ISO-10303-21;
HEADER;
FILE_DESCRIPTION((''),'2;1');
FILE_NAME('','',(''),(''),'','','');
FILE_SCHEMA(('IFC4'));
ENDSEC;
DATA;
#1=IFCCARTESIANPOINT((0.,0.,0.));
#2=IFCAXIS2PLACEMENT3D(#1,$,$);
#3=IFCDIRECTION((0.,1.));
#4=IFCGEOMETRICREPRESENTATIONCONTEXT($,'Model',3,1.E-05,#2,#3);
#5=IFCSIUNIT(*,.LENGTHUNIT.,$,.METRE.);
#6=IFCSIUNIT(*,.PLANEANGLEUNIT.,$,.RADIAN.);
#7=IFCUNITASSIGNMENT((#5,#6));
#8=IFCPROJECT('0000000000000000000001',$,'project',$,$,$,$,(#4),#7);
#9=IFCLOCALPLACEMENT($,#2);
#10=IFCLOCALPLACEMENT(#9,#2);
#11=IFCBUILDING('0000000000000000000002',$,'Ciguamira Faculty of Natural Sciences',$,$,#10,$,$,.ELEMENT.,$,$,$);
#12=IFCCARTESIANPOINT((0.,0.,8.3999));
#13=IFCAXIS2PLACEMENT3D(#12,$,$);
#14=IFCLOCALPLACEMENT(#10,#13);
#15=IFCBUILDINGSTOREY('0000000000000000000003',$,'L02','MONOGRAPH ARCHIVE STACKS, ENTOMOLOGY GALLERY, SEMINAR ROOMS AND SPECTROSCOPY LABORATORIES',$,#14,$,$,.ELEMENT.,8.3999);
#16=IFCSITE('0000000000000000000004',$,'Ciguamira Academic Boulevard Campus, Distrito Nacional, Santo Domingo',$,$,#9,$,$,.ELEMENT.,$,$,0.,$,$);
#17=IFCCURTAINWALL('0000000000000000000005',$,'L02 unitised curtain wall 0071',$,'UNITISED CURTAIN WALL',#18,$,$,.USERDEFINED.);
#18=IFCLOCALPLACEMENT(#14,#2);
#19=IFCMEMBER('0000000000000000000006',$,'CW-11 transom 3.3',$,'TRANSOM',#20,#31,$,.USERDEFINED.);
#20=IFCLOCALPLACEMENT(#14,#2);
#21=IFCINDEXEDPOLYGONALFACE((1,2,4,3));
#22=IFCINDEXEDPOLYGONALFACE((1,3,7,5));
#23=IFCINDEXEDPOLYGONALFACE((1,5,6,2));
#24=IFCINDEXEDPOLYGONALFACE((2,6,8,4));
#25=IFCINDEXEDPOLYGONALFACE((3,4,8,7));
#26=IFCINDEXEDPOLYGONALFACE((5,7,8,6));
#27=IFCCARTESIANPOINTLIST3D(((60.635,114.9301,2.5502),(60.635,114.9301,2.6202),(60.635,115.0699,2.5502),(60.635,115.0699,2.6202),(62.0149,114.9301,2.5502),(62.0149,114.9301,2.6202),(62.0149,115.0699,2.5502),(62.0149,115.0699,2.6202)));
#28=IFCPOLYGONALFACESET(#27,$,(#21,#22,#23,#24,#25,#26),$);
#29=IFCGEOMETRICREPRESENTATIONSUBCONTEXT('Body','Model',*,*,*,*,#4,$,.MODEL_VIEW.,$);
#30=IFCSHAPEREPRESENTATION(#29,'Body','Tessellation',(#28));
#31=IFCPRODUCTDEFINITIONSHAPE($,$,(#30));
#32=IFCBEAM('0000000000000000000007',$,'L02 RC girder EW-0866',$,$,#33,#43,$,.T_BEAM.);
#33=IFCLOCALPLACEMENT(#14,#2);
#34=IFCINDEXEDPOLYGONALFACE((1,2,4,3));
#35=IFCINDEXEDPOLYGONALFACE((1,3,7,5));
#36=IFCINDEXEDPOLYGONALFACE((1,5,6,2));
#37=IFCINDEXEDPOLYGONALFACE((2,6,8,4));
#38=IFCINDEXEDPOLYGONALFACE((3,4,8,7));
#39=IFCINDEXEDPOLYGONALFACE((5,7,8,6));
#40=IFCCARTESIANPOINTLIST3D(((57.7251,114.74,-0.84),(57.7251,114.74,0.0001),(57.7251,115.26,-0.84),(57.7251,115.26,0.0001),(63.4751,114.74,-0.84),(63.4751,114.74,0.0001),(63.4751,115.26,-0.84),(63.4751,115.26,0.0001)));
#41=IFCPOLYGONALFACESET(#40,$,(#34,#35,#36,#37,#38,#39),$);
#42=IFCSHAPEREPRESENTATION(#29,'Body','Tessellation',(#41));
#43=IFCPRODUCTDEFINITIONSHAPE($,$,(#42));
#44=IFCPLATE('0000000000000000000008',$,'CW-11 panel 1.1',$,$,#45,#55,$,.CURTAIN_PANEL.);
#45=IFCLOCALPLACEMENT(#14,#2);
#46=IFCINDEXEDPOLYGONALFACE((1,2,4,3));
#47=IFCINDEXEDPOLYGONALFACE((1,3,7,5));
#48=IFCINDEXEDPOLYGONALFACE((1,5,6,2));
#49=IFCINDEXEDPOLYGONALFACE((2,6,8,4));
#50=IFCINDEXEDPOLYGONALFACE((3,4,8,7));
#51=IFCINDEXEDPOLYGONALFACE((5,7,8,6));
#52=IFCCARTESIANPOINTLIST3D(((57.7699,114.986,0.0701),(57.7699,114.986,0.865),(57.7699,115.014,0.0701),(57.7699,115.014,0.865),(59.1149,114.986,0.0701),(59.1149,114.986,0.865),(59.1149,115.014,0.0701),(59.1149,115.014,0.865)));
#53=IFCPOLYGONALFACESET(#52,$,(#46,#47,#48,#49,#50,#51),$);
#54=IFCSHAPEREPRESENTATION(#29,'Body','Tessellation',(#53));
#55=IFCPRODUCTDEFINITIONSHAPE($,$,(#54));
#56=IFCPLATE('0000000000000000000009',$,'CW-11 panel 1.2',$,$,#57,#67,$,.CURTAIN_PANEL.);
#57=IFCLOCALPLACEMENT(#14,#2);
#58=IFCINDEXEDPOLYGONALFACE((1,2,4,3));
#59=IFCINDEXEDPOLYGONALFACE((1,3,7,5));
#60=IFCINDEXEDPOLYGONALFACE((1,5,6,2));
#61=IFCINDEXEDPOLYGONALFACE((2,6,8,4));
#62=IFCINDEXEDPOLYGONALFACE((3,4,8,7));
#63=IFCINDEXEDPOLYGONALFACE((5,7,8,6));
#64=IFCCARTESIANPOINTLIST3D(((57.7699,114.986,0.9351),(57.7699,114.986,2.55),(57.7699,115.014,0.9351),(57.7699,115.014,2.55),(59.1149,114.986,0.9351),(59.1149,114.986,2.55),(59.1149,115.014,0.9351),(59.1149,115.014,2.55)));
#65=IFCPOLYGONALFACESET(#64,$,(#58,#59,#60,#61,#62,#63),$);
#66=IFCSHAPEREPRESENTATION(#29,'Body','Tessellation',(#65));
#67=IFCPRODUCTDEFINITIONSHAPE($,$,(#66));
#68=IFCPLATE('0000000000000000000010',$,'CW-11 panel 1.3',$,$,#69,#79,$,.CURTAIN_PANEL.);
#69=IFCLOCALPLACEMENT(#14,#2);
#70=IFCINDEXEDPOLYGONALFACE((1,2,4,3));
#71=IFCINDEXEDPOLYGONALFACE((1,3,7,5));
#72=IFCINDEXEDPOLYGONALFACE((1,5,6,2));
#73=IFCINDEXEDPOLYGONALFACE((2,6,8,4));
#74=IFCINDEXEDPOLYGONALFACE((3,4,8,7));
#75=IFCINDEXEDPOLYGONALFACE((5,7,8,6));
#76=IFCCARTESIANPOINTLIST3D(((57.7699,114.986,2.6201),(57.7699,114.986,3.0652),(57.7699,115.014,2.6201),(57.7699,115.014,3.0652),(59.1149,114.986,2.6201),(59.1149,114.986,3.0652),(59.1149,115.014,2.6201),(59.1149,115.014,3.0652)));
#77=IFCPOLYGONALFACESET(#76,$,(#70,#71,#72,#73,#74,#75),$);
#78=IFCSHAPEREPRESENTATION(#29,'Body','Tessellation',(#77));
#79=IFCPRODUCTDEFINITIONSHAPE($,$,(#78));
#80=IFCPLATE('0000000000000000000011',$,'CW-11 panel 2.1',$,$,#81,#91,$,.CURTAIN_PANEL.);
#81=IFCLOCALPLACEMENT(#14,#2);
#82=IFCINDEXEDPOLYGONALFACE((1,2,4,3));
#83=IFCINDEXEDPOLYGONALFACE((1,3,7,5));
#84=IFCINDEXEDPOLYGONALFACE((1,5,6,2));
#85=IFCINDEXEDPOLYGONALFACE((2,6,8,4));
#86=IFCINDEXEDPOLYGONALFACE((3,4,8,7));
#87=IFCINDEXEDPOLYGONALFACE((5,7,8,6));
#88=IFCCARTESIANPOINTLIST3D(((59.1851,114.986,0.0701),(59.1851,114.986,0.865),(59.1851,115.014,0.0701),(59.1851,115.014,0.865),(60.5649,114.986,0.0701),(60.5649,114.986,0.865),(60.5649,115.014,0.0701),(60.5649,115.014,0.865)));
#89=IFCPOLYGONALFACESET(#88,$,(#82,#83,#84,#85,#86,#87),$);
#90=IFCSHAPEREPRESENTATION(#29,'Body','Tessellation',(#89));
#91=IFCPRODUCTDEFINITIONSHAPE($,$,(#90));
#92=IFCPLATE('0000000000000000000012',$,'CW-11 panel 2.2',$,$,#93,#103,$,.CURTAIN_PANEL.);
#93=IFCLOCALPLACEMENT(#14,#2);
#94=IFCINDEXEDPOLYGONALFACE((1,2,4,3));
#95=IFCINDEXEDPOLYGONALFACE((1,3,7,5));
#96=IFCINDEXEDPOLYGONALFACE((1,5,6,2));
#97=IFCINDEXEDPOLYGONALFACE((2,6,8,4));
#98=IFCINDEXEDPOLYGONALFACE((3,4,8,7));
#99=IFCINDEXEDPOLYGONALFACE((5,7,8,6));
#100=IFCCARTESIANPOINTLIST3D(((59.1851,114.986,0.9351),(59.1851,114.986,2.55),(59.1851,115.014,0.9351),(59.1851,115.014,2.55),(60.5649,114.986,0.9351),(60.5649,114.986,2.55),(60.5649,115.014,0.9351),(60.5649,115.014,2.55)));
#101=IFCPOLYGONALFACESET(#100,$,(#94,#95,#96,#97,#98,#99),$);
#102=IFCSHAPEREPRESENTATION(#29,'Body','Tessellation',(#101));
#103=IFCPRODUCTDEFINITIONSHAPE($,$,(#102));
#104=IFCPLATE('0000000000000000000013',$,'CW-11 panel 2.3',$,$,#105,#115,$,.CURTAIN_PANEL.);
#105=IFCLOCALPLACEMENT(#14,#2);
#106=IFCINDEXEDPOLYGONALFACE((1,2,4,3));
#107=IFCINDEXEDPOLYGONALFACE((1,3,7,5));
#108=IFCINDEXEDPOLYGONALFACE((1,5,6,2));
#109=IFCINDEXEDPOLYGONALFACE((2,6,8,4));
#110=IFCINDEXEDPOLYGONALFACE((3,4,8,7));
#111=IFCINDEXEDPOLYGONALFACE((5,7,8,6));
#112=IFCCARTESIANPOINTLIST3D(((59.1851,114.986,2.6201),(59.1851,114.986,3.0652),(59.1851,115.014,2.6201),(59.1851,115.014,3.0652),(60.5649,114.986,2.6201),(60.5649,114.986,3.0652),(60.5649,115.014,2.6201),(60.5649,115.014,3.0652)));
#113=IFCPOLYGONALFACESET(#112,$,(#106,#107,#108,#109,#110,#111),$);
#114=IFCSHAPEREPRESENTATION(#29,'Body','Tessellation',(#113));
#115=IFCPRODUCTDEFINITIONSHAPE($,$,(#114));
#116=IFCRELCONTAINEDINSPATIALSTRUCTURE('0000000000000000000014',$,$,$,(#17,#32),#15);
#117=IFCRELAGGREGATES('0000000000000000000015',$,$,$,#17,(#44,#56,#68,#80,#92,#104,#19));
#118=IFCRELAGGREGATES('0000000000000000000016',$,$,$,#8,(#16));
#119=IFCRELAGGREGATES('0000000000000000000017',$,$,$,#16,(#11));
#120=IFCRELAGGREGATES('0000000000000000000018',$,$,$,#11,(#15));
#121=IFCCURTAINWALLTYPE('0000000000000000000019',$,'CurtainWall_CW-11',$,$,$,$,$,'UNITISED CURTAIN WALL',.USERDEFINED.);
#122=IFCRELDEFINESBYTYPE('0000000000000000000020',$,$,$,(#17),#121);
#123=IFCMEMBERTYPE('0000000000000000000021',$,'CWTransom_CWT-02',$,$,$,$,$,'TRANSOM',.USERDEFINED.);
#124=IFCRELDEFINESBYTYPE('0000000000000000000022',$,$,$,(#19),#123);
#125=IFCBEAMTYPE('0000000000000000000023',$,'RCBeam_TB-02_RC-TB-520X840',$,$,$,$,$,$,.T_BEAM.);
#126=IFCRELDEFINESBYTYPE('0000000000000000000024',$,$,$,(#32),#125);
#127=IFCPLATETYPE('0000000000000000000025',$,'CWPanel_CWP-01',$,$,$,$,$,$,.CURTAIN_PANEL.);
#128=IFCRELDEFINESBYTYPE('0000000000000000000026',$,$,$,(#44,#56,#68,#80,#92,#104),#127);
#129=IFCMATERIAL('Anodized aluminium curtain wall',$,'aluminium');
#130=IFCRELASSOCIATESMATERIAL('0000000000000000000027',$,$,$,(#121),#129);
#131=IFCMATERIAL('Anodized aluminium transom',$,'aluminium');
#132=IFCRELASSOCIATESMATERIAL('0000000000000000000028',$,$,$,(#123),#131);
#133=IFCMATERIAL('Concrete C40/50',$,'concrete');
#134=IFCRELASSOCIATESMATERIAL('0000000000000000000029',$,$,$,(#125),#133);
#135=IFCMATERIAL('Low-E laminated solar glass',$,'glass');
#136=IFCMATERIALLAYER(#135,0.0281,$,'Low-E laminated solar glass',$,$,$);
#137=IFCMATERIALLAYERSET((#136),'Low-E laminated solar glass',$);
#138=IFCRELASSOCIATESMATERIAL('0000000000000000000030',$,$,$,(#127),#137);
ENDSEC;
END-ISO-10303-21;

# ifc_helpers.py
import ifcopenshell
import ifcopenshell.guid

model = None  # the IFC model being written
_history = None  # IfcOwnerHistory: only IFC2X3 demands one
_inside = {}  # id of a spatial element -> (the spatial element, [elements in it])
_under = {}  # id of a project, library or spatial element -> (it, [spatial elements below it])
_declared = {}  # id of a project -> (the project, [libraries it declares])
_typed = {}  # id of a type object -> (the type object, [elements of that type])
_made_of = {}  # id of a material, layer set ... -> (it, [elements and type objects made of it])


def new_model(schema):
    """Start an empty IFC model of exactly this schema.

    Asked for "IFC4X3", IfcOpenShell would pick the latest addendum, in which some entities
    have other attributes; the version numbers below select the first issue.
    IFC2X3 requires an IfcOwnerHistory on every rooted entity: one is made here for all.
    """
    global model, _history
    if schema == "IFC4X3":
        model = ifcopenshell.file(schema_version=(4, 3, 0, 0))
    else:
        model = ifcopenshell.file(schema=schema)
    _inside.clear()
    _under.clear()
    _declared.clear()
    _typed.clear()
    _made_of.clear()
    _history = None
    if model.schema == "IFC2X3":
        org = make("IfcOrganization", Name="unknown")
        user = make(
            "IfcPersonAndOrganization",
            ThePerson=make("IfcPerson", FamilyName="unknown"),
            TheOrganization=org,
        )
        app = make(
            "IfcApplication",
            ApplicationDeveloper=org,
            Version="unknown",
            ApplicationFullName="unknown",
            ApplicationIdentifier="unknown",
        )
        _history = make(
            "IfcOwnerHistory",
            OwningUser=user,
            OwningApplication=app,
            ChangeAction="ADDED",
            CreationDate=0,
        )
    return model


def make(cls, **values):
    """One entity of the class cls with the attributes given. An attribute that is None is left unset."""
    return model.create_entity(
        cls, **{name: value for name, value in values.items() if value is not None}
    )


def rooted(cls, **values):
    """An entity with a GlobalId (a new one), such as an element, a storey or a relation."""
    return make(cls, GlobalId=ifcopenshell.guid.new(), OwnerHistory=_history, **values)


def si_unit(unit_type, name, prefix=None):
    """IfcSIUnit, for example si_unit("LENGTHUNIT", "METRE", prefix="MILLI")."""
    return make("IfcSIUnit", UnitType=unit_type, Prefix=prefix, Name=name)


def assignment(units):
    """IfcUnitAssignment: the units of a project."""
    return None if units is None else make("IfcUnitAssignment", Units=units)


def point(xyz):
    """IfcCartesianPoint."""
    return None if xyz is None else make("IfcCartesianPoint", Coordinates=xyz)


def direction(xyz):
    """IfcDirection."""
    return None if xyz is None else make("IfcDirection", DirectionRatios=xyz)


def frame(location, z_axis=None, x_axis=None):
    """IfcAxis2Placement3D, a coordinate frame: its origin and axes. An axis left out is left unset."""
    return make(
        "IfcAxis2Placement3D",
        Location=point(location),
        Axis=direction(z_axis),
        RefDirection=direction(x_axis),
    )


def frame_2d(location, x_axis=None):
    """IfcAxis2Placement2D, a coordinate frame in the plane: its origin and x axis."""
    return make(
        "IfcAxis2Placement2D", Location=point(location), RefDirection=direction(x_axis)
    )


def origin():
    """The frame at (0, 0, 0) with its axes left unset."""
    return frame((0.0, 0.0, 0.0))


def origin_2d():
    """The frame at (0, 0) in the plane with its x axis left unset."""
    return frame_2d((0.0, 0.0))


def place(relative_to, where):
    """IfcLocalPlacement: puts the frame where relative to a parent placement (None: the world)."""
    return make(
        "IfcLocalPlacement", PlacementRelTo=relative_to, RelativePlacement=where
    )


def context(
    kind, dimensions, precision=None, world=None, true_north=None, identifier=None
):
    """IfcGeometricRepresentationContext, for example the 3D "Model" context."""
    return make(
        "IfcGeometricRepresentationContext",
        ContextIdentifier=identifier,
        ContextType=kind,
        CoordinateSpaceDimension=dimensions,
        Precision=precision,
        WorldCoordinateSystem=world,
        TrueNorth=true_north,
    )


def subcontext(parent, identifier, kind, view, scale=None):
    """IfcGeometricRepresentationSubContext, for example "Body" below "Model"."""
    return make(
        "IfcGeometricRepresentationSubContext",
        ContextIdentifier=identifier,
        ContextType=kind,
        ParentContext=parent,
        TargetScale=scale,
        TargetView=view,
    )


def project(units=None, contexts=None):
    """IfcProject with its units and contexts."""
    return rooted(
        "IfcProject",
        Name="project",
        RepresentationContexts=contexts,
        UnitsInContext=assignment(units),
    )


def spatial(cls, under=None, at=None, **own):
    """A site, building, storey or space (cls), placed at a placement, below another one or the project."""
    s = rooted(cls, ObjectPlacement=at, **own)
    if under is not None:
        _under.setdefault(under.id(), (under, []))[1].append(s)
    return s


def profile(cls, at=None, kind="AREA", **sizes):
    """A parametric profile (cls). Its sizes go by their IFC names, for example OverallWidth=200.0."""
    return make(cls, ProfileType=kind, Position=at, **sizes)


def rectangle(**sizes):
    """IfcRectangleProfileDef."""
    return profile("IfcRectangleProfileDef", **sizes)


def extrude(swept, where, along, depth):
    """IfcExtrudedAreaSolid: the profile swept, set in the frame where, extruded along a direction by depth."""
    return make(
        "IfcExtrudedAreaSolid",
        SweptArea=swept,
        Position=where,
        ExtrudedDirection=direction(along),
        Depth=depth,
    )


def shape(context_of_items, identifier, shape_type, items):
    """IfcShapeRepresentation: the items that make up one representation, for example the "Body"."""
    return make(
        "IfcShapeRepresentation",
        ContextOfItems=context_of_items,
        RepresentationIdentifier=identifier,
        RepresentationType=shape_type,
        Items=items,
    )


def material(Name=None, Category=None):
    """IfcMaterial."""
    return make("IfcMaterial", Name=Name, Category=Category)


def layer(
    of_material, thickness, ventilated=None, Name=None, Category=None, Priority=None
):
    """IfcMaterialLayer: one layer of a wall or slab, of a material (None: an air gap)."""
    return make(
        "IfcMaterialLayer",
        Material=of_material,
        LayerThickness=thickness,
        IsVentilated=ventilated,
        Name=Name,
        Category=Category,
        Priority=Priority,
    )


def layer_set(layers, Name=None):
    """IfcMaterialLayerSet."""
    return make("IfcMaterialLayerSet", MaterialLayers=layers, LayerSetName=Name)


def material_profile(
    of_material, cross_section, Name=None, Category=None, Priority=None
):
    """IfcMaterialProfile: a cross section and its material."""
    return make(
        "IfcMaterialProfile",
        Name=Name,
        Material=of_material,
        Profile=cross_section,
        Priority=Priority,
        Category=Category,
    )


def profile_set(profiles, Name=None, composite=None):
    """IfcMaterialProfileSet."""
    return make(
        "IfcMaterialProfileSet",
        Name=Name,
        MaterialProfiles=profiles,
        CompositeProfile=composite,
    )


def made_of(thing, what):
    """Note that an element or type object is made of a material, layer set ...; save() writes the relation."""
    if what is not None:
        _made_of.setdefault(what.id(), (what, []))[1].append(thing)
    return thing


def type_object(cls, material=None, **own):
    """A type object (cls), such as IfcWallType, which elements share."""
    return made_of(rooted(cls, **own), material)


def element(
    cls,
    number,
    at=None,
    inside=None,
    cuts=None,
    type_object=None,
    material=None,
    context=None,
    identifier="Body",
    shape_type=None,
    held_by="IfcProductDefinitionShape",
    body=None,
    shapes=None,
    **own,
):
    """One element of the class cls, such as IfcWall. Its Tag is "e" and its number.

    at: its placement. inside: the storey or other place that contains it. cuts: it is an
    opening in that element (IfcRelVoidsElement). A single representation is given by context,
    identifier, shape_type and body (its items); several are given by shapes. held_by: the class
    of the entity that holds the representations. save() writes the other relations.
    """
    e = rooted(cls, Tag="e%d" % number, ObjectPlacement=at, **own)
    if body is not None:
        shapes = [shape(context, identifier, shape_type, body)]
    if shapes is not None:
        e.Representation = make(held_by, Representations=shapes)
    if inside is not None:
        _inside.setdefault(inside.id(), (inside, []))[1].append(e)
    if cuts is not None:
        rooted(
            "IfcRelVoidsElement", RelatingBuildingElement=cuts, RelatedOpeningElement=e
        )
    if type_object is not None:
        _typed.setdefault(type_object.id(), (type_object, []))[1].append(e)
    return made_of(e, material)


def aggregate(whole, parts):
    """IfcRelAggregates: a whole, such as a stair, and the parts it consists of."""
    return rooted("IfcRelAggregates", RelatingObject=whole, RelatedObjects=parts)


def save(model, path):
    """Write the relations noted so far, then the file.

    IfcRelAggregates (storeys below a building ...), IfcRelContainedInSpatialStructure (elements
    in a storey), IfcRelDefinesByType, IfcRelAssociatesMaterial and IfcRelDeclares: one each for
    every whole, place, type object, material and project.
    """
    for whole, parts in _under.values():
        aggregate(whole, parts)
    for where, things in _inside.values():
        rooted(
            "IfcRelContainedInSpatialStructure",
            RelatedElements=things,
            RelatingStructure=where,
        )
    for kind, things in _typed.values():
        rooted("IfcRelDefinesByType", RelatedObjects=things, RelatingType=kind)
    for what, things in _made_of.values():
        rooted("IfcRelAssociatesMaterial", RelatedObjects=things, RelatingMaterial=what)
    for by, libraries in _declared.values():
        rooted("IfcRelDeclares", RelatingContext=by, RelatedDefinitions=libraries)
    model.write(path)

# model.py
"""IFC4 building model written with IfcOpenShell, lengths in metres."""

from ifc_helpers import new_model, si_unit, direction, frame, origin, origin_2d, place, context, subcontext, project, spatial, rectangle, extrude, material, layer, layer_set, material_profile, profile_set, type_object, element, aggregate, save


model = new_model("IFC4")

# Units and contexts
model_context = context("Model", 3, precision=1e-05, world=origin(), true_north=direction((0.0, 1.0)))
body_context = subcontext(model_context, "Body", "Model", "MODEL_VIEW")
ifc_project = project(units=[si_unit("LENGTHUNIT", "METRE"), si_unit("PLANEANGLEUNIT", "RADIAN")], contexts=[model_context])

# Site, building, storey
site_placement = place(None, origin())
site = spatial("IfcSite", under=ifc_project, at=site_placement, Name="Ciguamira Academic Boulevard Campus, Distrito Nacional, Santo Domingo", CompositionType="ELEMENT", RefElevation=0.0)
building_placement = place(site_placement, origin())
building = spatial("IfcBuilding", under=site, at=building_placement, Name="Ciguamira Faculty of Natural Sciences", CompositionType="ELEMENT")
storey_placement = place(building_placement, frame((0.0, 0.0, 8.3999)))
storey = spatial("IfcBuildingStorey", under=building, at=storey_placement, Name="L02", Description="MONOGRAPH ARCHIVE STACKS, ENTOMOLOGY GALLERY, SEMINAR ROOMS AND SPECTROSCOPY LABORATORIES", CompositionType="ELEMENT", Elevation=8.3999)

# Curtain wall, member
ifc_material_1 = material(Name="Anodized aluminium curtain wall", Category="aluminium")
curtain_wall_type = type_object("IfcCurtainWallType", Name="CurtainWall_CW-11", ElementType="UNITISED CURTAIN WALL", PredefinedType="USERDEFINED", material=ifc_material_1)
curtain_wall_placement = place(storey_placement, origin())
curtain_wall = element("IfcCurtainWall", 1, at=curtain_wall_placement, inside=storey, type_object=curtain_wall_type, Name="L02 unitised curtain wall 0071", ObjectType="UNITISED CURTAIN WALL", PredefinedType="USERDEFINED")
ifc_material_2 = material(Name="Anodized aluminium transom", Category="aluminium")
ifc_material_profile_1 = material_profile(ifc_material_2, rectangle(XDim=0.0701, YDim=0.1399, at=origin_2d()), Name="ALU-TRN-70X140")
ifc_profile_set_1 = profile_set([ifc_material_profile_1], Name="Anodized aluminium transom")
member_type_1 = type_object("IfcMemberType", Name="CWTransom_CWT-02", ElementType="TRANSOM", PredefinedType="USERDEFINED", material=ifc_profile_set_1)
member_1_placement = place(storey_placement, frame((60.635, 115.0, 2.5852), z_axis=(1.0, 0.0, 0.0), x_axis=(0.0, 0.0, 1.0)))
member_1 = element("IfcMember", 2, at=member_1_placement, type_object=member_type_1, Name="CW-11 transom 3.3", ObjectType="TRANSOM", PredefinedType="USERDEFINED", context=body_context, shape_type="SweptSolid", body=[
    extrude(rectangle(XDim=0.0701, YDim=0.1399, at=origin_2d()), origin(), (0.0, 0.0, 1.0), 1.3799),
])

# Beam
ifc_material_3 = material(Name="Concrete C40/50", Category="concrete")
ifc_material_profile_2 = material_profile(ifc_material_3, rectangle(XDim=0.52, YDim=0.8401, at=origin_2d()), Name="RC-TB-520X840")
ifc_profile_set_2 = profile_set([ifc_material_profile_2], Name="Concrete C40/50")
beam_type = type_object("IfcBeamType", Name="RCBeam_TB-02_RC-TB-520X840", PredefinedType="T_BEAM", material=ifc_profile_set_2)
beam_placement = place(storey_placement, frame((57.7251, 115.0, -0.4199), z_axis=(1.0, 0.0, 0.0), x_axis=(0.0, 1.0, 0.0)))
element("IfcBeam", 3, at=beam_placement, inside=storey, type_object=beam_type, Name="L02 RC girder EW-0866", PredefinedType="T_BEAM", context=body_context, shape_type="SweptSolid", body=[
    extrude(rectangle(XDim=0.52, YDim=0.8401, at=origin_2d()), origin(), (0.0, 0.0, 1.0), 5.75),
])

# Plates
ifc_material_4 = material(Name="Low-E laminated solar glass", Category="glass")
ifc_layer = layer(ifc_material_4, 0.0281, Name="Low-E laminated solar glass")
ifc_layer_set = layer_set([ifc_layer], Name="Low-E laminated solar glass")
plate_type = type_object("IfcPlateType", Name="CWPanel_CWP-01", PredefinedType="CURTAIN_PANEL", material=ifc_layer_set)
plate_1_placement = place(storey_placement, frame((58.4424, 115.0, 0.0701), z_axis=(0.0, 0.0, 1.0), x_axis=(1.0, 0.0, 0.0)))
plate_1 = element("IfcPlate", 4, at=plate_1_placement, type_object=plate_type, Name="CW-11 panel 1.1", PredefinedType="CURTAIN_PANEL", context=body_context, shape_type="SweptSolid", body=[
    extrude(rectangle(XDim=1.345, YDim=0.0281, at=origin_2d()), origin(), (0.0, 0.0, 1.0), 0.7949),
])
plate_2_placement = place(storey_placement, frame((58.4424, 115.0, 0.9351), z_axis=(0.0, 0.0, 1.0), x_axis=(1.0, 0.0, 0.0)))
plate_2 = element("IfcPlate", 5, at=plate_2_placement, type_object=plate_type, Name="CW-11 panel 1.2", PredefinedType="CURTAIN_PANEL", context=body_context, shape_type="SweptSolid", body=[
    extrude(rectangle(XDim=1.345, YDim=0.0281, at=origin_2d()), origin(), (0.0, 0.0, 1.0), 1.615),
])
plate_3_placement = place(storey_placement, frame((58.4424, 115.0, 2.6201), z_axis=(0.0, 0.0, 1.0), x_axis=(1.0, 0.0, 0.0)))
plate_3 = element("IfcPlate", 6, at=plate_3_placement, type_object=plate_type, Name="CW-11 panel 1.3", PredefinedType="CURTAIN_PANEL", context=body_context, shape_type="SweptSolid", body=[
    extrude(rectangle(XDim=1.345, YDim=0.0281, at=origin_2d()), origin(), (0.0, 0.0, 1.0), 0.4451),
])
plate_4_placement = place(storey_placement, frame((59.875, 115.0, 0.0701), z_axis=(0.0, 0.0, 1.0), x_axis=(1.0, 0.0, 0.0)))
plate_4 = element("IfcPlate", 7, at=plate_4_placement, type_object=plate_type, Name="CW-11 panel 2.1", PredefinedType="CURTAIN_PANEL", context=body_context, shape_type="SweptSolid", body=[
    extrude(rectangle(XDim=1.3799, YDim=0.0281, at=origin_2d()), origin(), (0.0, 0.0, 1.0), 0.7949),
])
plate_5_placement = place(storey_placement, frame((59.875, 115.0, 0.9351), z_axis=(0.0, 0.0, 1.0), x_axis=(1.0, 0.0, 0.0)))
plate_5 = element("IfcPlate", 8, at=plate_5_placement, type_object=plate_type, Name="CW-11 panel 2.2", PredefinedType="CURTAIN_PANEL", context=body_context, shape_type="SweptSolid", body=[
    extrude(rectangle(XDim=1.3799, YDim=0.0281, at=origin_2d()), origin(), (0.0, 0.0, 1.0), 1.615),
])
plate_6_placement = place(storey_placement, frame((59.875, 115.0, 2.6201), z_axis=(0.0, 0.0, 1.0), x_axis=(1.0, 0.0, 0.0)))
plate_6 = element("IfcPlate", 9, at=plate_6_placement, type_object=plate_type, Name="CW-11 panel 2.3", PredefinedType="CURTAIN_PANEL", context=body_context, shape_type="SweptSolid", body=[
    extrude(rectangle(XDim=1.3799, YDim=0.0281, at=origin_2d()), origin(), (0.0, 0.0, 1.0), 0.4451),
])
aggregate(curtain_wall, [plate_1, plate_2, plate_3, plate_4, plate_5, plate_6, member_1])

save(model, "model.ifc")
